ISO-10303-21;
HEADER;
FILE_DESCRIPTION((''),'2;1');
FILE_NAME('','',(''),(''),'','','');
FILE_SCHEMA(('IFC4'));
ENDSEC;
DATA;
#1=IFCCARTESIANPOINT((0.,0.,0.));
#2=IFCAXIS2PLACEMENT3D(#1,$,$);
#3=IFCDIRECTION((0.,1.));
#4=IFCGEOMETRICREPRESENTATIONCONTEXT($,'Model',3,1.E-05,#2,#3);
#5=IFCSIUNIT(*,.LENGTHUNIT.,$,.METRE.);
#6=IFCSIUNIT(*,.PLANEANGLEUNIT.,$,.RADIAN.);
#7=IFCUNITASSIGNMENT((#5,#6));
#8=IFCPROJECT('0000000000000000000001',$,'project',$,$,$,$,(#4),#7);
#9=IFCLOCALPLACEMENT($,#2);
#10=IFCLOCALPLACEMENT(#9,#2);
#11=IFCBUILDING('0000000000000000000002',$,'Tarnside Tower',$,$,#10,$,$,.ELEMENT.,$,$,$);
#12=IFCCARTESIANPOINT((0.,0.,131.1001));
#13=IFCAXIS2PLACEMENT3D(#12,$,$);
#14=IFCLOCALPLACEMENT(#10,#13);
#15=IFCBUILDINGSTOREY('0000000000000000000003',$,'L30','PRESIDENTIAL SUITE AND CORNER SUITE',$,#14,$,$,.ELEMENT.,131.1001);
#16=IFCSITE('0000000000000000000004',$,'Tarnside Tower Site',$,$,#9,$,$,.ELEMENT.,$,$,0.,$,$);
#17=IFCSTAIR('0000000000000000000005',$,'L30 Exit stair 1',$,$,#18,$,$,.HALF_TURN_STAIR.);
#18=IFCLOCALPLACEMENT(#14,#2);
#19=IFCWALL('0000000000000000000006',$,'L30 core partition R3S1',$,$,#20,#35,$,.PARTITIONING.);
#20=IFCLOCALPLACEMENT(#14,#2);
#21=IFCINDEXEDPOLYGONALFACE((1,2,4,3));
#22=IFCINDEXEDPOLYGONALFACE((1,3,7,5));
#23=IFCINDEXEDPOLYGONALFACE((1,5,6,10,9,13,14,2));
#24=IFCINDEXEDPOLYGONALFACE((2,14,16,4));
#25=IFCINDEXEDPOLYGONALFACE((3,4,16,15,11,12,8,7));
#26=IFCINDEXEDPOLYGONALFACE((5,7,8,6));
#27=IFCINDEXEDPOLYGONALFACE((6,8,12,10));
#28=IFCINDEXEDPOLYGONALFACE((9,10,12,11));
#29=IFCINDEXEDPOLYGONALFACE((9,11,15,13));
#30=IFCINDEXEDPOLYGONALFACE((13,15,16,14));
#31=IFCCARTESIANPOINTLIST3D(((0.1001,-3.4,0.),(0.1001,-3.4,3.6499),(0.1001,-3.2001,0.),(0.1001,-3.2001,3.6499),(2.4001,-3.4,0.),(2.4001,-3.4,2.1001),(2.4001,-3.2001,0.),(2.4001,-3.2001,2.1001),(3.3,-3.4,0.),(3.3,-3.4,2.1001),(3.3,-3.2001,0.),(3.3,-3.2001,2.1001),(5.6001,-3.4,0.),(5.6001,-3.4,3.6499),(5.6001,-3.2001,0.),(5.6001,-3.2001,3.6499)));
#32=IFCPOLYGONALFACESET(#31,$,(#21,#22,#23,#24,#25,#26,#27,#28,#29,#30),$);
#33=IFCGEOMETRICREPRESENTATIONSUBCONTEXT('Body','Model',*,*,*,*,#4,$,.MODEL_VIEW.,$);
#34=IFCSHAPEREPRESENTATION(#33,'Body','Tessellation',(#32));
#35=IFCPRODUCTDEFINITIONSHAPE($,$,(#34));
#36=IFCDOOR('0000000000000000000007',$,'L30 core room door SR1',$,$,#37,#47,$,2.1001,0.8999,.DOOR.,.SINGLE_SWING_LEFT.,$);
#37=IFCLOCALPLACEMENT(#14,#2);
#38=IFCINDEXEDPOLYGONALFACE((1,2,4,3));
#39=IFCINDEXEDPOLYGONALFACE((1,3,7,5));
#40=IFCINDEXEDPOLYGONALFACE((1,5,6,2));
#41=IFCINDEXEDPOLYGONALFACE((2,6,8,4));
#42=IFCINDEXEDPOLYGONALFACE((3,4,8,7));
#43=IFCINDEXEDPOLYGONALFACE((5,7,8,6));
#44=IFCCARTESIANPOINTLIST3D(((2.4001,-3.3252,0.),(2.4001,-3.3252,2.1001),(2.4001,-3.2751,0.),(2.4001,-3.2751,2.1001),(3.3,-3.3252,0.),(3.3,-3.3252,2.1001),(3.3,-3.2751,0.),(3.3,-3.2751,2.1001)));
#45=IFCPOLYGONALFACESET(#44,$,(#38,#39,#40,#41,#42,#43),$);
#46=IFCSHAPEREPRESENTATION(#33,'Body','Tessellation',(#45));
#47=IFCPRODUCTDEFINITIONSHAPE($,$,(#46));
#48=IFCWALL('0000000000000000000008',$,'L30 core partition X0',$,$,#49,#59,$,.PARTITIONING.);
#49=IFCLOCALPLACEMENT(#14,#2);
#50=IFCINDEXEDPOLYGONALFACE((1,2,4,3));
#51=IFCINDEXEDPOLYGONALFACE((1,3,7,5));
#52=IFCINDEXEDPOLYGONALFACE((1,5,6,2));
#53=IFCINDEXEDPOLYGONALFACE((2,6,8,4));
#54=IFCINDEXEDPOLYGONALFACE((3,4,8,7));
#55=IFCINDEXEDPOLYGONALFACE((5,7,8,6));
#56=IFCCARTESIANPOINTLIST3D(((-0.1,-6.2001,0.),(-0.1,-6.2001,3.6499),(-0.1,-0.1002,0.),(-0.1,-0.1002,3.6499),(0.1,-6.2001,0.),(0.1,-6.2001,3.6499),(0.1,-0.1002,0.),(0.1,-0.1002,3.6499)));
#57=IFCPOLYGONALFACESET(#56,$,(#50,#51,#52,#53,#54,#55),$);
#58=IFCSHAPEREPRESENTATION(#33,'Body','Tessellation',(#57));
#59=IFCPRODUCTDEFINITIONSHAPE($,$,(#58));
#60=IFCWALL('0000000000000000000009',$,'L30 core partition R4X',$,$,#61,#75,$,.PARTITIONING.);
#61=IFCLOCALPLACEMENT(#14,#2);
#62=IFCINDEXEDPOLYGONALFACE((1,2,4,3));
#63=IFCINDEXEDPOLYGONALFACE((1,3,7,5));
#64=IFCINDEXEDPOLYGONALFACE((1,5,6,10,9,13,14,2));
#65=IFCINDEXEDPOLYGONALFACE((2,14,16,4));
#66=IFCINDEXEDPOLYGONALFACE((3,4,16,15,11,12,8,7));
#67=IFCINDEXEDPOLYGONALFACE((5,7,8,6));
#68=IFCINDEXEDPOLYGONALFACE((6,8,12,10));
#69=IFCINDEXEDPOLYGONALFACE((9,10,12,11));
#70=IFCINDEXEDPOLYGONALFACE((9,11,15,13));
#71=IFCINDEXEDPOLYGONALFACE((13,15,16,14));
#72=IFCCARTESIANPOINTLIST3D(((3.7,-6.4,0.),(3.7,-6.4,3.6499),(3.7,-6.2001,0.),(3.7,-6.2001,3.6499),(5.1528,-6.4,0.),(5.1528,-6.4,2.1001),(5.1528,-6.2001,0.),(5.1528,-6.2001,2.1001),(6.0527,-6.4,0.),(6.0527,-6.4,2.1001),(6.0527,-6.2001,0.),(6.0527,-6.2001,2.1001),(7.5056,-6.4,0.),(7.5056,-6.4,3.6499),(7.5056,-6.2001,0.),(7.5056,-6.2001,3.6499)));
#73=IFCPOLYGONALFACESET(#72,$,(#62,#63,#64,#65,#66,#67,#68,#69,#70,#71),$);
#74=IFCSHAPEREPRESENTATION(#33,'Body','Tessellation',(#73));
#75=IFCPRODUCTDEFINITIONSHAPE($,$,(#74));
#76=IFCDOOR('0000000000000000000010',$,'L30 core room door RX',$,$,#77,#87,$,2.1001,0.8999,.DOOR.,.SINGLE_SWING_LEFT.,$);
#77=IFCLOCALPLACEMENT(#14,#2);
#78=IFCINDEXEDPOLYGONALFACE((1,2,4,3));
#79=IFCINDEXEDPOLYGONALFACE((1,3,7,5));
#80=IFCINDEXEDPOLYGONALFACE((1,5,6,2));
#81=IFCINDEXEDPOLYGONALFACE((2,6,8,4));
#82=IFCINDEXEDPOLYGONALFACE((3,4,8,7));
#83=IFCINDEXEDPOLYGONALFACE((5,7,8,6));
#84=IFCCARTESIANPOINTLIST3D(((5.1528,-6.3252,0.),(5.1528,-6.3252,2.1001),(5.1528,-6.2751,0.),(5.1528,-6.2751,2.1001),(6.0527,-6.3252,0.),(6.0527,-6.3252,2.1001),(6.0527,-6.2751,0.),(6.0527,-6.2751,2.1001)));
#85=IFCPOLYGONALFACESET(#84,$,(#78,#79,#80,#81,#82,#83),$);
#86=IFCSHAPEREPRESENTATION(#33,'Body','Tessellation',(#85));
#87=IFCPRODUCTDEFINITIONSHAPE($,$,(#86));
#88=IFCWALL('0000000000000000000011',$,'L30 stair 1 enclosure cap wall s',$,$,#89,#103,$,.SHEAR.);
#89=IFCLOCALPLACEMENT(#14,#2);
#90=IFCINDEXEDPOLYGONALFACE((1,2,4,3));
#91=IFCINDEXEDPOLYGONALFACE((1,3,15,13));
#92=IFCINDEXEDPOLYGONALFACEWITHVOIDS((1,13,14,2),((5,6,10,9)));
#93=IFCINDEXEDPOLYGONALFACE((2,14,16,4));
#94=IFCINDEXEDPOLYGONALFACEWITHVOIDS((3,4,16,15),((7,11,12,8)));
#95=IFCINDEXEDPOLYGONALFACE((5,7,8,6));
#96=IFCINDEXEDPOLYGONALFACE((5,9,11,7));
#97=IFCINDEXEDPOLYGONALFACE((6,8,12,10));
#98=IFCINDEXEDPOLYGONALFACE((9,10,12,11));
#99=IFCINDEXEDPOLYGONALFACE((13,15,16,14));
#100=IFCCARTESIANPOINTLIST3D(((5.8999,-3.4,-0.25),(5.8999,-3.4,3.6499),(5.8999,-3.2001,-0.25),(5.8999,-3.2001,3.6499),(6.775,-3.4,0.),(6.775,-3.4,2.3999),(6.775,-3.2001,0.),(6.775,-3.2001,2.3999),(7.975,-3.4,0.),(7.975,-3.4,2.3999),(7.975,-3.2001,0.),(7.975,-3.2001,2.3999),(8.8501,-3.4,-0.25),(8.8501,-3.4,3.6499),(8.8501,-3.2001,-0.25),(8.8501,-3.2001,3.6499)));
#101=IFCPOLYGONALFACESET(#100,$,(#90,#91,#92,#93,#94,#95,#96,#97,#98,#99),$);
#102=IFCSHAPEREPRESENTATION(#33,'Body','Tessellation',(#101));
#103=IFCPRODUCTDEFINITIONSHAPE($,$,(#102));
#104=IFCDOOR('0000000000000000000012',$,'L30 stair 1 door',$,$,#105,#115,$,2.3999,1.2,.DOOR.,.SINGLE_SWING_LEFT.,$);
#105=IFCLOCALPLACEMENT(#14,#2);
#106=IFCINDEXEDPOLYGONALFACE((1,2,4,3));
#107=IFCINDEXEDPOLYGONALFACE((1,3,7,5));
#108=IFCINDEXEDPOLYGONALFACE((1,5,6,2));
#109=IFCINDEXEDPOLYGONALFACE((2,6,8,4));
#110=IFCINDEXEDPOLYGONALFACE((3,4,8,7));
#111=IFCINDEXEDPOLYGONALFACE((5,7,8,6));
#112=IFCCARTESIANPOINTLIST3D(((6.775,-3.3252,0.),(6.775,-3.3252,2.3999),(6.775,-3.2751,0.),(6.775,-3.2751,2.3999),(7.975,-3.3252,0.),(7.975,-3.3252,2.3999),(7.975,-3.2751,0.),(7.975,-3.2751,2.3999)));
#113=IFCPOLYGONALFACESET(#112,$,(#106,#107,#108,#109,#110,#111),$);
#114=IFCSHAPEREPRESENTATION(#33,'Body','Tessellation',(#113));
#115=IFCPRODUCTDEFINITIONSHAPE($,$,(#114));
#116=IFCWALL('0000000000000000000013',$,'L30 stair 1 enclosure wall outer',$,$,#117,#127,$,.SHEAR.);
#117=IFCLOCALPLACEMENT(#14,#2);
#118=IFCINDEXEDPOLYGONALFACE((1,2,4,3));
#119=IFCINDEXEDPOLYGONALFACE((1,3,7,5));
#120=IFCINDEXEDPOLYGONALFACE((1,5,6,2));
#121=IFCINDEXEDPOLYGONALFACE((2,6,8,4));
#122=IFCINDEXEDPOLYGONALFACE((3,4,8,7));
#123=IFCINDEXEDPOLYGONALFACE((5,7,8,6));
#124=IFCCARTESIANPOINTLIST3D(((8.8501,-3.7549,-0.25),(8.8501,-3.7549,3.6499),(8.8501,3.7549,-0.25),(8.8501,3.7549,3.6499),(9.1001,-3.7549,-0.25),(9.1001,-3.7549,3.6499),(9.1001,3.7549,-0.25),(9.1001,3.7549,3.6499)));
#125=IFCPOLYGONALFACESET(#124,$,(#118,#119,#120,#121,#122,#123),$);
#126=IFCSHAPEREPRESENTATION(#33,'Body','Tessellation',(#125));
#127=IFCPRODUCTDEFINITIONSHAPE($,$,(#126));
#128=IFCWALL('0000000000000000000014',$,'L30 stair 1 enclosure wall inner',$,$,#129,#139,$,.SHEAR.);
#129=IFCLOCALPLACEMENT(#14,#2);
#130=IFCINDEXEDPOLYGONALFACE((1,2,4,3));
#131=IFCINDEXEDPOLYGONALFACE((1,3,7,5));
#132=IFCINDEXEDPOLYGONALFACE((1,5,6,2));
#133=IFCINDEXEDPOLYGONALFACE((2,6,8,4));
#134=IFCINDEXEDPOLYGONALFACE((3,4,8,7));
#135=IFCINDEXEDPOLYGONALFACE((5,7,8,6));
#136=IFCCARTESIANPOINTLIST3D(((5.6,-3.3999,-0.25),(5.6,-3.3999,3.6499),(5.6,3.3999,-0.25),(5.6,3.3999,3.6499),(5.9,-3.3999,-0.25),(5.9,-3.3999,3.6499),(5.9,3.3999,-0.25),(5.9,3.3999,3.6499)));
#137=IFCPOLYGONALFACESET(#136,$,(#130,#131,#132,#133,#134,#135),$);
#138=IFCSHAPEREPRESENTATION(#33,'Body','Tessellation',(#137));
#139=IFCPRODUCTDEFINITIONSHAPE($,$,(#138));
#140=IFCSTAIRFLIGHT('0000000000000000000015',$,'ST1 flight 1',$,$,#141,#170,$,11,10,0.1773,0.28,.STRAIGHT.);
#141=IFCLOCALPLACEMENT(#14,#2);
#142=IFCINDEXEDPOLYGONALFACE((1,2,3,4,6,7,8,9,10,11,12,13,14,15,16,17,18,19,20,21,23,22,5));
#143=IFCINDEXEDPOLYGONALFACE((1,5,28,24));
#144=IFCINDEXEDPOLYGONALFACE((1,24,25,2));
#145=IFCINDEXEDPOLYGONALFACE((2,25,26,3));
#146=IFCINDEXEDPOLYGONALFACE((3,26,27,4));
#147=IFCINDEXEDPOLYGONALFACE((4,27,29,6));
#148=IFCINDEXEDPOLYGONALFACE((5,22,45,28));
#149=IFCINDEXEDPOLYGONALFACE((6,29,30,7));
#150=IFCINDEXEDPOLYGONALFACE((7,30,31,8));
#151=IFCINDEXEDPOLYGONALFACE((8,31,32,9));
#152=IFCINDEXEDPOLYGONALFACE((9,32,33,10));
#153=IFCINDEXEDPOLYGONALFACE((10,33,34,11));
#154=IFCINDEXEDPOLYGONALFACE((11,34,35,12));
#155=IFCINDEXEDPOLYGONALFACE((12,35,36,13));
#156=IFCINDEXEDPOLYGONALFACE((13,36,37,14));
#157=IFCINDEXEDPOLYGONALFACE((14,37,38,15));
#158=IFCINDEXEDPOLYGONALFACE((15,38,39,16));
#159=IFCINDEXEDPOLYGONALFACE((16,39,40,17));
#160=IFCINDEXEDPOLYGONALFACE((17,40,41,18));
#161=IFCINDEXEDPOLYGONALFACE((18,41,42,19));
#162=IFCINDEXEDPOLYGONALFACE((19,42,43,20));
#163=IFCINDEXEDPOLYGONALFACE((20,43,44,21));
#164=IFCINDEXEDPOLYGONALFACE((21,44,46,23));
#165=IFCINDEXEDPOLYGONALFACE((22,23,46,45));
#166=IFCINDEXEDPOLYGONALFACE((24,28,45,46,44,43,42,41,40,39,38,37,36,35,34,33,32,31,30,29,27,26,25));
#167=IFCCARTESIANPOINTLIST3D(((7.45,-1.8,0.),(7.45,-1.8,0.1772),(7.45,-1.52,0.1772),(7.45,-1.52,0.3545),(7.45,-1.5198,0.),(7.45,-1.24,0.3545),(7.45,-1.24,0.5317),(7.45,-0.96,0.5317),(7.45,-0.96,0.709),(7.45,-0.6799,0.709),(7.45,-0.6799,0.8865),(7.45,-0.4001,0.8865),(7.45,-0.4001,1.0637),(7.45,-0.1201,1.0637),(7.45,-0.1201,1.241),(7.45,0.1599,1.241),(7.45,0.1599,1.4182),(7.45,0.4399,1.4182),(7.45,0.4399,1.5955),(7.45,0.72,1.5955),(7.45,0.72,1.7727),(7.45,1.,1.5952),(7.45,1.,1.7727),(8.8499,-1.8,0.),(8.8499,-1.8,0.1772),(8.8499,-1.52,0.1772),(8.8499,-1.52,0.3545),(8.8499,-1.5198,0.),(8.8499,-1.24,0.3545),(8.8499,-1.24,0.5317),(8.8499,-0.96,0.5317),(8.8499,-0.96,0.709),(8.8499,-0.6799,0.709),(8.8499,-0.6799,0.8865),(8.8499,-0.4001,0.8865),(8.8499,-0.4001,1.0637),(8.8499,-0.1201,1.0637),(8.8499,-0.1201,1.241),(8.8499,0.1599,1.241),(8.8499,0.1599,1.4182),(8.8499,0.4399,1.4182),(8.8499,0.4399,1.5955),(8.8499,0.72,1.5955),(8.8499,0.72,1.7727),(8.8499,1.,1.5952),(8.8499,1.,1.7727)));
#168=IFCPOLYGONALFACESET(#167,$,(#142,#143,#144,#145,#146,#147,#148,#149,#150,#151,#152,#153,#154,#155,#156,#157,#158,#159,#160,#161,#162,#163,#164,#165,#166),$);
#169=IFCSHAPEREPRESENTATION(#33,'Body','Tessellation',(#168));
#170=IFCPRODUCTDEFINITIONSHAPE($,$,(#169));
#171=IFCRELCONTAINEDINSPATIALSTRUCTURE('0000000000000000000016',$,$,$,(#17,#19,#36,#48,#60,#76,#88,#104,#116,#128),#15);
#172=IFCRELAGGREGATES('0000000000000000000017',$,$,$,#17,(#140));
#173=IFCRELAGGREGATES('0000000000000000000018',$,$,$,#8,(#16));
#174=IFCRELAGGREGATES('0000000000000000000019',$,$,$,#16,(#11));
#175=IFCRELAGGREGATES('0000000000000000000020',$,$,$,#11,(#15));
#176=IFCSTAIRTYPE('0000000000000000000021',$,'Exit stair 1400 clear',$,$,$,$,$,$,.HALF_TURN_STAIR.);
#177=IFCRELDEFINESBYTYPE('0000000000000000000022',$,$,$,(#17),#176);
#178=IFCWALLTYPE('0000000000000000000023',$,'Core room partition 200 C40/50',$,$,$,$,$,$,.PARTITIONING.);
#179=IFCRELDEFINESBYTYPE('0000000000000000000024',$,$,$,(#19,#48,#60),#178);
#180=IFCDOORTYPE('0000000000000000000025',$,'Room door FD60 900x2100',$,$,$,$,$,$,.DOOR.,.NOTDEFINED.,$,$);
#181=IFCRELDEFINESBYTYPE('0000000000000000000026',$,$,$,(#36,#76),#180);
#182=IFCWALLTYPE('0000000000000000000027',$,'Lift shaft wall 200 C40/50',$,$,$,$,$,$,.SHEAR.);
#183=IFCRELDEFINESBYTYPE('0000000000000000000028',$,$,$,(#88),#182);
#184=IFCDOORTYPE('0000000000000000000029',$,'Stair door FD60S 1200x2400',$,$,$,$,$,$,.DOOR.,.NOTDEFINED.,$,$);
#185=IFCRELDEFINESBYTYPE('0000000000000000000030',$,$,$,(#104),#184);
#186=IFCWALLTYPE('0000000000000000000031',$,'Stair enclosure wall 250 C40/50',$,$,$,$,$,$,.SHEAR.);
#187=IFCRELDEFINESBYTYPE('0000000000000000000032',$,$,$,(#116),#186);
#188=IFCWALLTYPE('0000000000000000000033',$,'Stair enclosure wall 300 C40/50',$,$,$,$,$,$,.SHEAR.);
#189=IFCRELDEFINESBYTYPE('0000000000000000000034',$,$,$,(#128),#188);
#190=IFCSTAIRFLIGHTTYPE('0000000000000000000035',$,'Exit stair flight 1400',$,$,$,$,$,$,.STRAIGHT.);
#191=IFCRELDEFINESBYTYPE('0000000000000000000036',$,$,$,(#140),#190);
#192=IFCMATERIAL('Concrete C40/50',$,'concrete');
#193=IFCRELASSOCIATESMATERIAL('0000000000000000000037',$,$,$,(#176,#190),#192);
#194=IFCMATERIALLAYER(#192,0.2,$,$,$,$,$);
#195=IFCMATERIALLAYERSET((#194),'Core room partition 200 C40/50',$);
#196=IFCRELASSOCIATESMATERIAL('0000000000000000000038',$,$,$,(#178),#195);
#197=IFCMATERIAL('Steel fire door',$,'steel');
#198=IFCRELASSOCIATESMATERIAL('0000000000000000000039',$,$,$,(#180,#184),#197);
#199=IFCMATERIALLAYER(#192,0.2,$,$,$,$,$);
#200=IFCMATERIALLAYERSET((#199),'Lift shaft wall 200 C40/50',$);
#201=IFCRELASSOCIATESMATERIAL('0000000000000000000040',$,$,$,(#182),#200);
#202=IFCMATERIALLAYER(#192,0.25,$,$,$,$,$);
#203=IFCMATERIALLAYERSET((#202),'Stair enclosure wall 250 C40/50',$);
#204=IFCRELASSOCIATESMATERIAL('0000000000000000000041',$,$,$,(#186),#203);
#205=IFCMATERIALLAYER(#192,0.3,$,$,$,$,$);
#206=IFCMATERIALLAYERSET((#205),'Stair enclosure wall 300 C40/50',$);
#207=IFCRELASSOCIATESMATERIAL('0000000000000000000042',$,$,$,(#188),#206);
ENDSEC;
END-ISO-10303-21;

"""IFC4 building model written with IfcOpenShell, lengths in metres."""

from ifc_helpers import new_model, si_unit, direction, frame, frame_2d, origin, place, context, subcontext, project, spatial, polyline, rectangle, outline, extrude, material, layer, layer_set, type_object, element, fill, aggregate, save


model = new_model("IFC4")

# Units and contexts
model_context = context("Model", 3, precision=1e-05, world=origin(), true_north=direction((0.0, 1.0)))
body_context = subcontext(model_context, "Body", "Model", "MODEL_VIEW")
ifc_project = project(units=[si_unit("LENGTHUNIT", "METRE"), si_unit("PLANEANGLEUNIT", "RADIAN")], contexts=[model_context])

# Site, building, storey
site_placement = place(None, origin())
site = spatial("IfcSite", under=ifc_project, at=site_placement, Name="Tarnside Tower Site", CompositionType="ELEMENT", RefElevation=0.0)
building_placement = place(site_placement, origin())
building = spatial("IfcBuilding", under=site, at=building_placement, Name="Tarnside Tower", CompositionType="ELEMENT")
storey_placement = place(building_placement, frame((0.0, 0.0, 131.1001)))
storey = spatial("IfcBuildingStorey", under=building, at=storey_placement, Name="L30", Description="PRESIDENTIAL SUITE AND CORNER SUITE", CompositionType="ELEMENT", Elevation=131.1001)

# Shared definitions
ifc_material_1 = material(Name="Concrete C40/50", Category="concrete")

# Stair
stair_type = type_object("IfcStairType", Name="Exit stair 1400 clear", PredefinedType="HALF_TURN_STAIR", material=ifc_material_1)
stair_1_placement = place(storey_placement, origin())
stair_1 = element("IfcStair", 1, at=stair_1_placement, inside=storey, type_object=stair_type, Name="L30 Exit stair 1", PredefinedType="HALF_TURN_STAIR")

# Wall, opening, door
ifc_layer_1 = layer(ifc_material_1, 0.2)
ifc_layer_set_1 = layer_set([ifc_layer_1], Name="Core room partition 200 C40/50")
wall_type_1 = type_object("IfcWallType", Name="Core room partition 200 C40/50", PredefinedType="PARTITIONING", material=ifc_layer_set_1)
wall_1_placement = place(storey_placement, frame((0.1001, -3.3, 0.0), z_axis=(0.0, 0.0, 1.0), x_axis=(1.0, 0.0, 0.0)))
wall_1 = element("IfcWall", 2, at=wall_1_placement, inside=storey, type_object=wall_type_1, Name="L30 core partition R3S1", PredefinedType="PARTITIONING", context=body_context, shape_type="SweptSolid", body=[
    extrude(rectangle(XDim=5.5, YDim=0.2, at=frame_2d((2.75, 0.0))), origin(), (0.0, 0.0, 1.0), 3.6499),
])
opening_1_placement = place(wall_1_placement, frame((2.3, 0.0, 0.0)))
opening_1 = element("IfcOpeningElement", 3, at=opening_1_placement, cuts=wall_1, PredefinedType="OPENING", context=body_context, shape_type="SweptSolid", body=[
    extrude(rectangle(XDim=0.8999, YDim=2.1001, at=frame_2d((0.45, 1.05))), frame((0.0, 0.1099, 0.0), z_axis=(0.0, -1.0, 0.0), x_axis=(1.0, 0.0, 0.0)), (0.0, 0.0, 1.0), 0.22),
])
ifc_material_2 = material(Name="Steel fire door", Category="steel")
door_type_1 = type_object("IfcDoorType", Name="Room door FD60 900x2100", OperationType="NOTDEFINED", PredefinedType="DOOR", material=ifc_material_2)
door_1_placement = place(opening_1_placement, origin())
door_1 = element("IfcDoor", 4, at=door_1_placement, inside=storey, type_object=door_type_1, Name="L30 core room door SR1", OperationType="SINGLE_SWING_LEFT", OverallHeight=2.1001, OverallWidth=0.8999, PredefinedType="DOOR", context=body_context, shape_type="SweptSolid", body=[
    extrude(rectangle(XDim=0.8999, YDim=2.1001, at=frame_2d((0.45, 1.05))), frame((0.0, 0.0249, 0.0), z_axis=(0.0, -1.0, 0.0), x_axis=(1.0, 0.0, 0.0)), (0.0, 0.0, 1.0), 0.05),
])
fill(opening_1, door_1)

# Wall
wall_2_placement = place(storey_placement, frame((0.0, -6.2, 0.0), z_axis=(0.0, 0.0, 1.0), x_axis=(0.0, 1.0, 0.0)))
element("IfcWall", 5, at=wall_2_placement, inside=storey, type_object=wall_type_1, Name="L30 core partition X0", PredefinedType="PARTITIONING", context=body_context, shape_type="SweptSolid", body=[
    extrude(rectangle(XDim=6.0999, YDim=0.2, at=frame_2d((3.0498, 0.0))), origin(), (0.0, 0.0, 1.0), 3.6499),
])

# Walls, openings, doors
wall_3_placement = place(storey_placement, frame((3.7, -6.3, 0.0), z_axis=(0.0, 0.0, 1.0), x_axis=(1.0, 0.0, 0.0)))
wall_3 = element("IfcWall", 6, at=wall_3_placement, inside=storey, type_object=wall_type_1, Name="L30 core partition R4X", PredefinedType="PARTITIONING", context=body_context, shape_type="SweptSolid", body=[
    extrude(rectangle(XDim=3.8057, YDim=0.2, at=frame_2d((1.9028, 0.0))), origin(), (0.0, 0.0, 1.0), 3.6499),
])
opening_2_placement = place(wall_3_placement, frame((1.4529, 0.0, 0.0)))
opening_2 = element("IfcOpeningElement", 7, at=opening_2_placement, cuts=wall_3, PredefinedType="OPENING", context=body_context, shape_type="SweptSolid", body=[
    extrude(rectangle(XDim=0.8999, YDim=2.1001, at=frame_2d((0.45, 1.05))), frame((0.0, 0.1099, 0.0), z_axis=(0.0, -1.0, 0.0), x_axis=(1.0, 0.0, 0.0)), (0.0, 0.0, 1.0), 0.22),
])
door_2_placement = place(opening_2_placement, origin())
door_2 = element("IfcDoor", 8, at=door_2_placement, inside=storey, type_object=door_type_1, Name="L30 core room door RX", OperationType="SINGLE_SWING_LEFT", OverallHeight=2.1001, OverallWidth=0.8999, PredefinedType="DOOR", context=body_context, shape_type="SweptSolid", body=[
    extrude(rectangle(XDim=0.8999, YDim=2.1001, at=frame_2d((0.45, 1.05))), frame((0.0, 0.0249, 0.0), z_axis=(0.0, -1.0, 0.0), x_axis=(1.0, 0.0, 0.0)), (0.0, 0.0, 1.0), 0.05),
])
fill(opening_2, door_2)
ifc_layer_2 = layer(ifc_material_1, 0.2)
ifc_layer_set_2 = layer_set([ifc_layer_2], Name="Lift shaft wall 200 C40/50")
wall_type_2 = type_object("IfcWallType", Name="Lift shaft wall 200 C40/50", PredefinedType="SHEAR", material=ifc_layer_set_2)
wall_4_placement = place(storey_placement, frame((5.8999, -3.3, -0.25), z_axis=(0.0, 0.0, 1.0), x_axis=(1.0, 0.0, 0.0)))
wall_4 = element("IfcWall", 9, at=wall_4_placement, inside=storey, type_object=wall_type_2, Name="L30 stair 1 enclosure cap wall s", PredefinedType="SHEAR", context=body_context, shape_type="SweptSolid", body=[
    extrude(rectangle(XDim=2.9502, YDim=0.2, at=frame_2d((1.4751, 0.0))), origin(), (0.0, 0.0, 1.0), 3.8999),
])
opening_3_placement = place(wall_4_placement, frame((0.875, 0.0, 0.25)))
opening_3 = element("IfcOpeningElement", 10, at=opening_3_placement, cuts=wall_4, PredefinedType="OPENING", context=body_context, shape_type="SweptSolid", body=[
    extrude(rectangle(XDim=1.2, YDim=2.3999, at=frame_2d((0.6001, 1.2))), frame((0.0, 0.1099, 0.0), z_axis=(0.0, -1.0, 0.0), x_axis=(1.0, 0.0, 0.0)), (0.0, 0.0, 1.0), 0.22),
])
door_type_2 = type_object("IfcDoorType", Name="Stair door FD60S 1200x2400", OperationType="NOTDEFINED", PredefinedType="DOOR", material=ifc_material_2)
door_3_placement = place(opening_3_placement, origin())
door_3 = element("IfcDoor", 11, at=door_3_placement, inside=storey, type_object=door_type_2, Name="L30 stair 1 door", OperationType="SINGLE_SWING_LEFT", OverallHeight=2.3999, OverallWidth=1.2, PredefinedType="DOOR", context=body_context, shape_type="SweptSolid", body=[
    extrude(rectangle(XDim=1.2, YDim=2.3999, at=frame_2d((0.6001, 1.2))), frame((0.0, 0.0249, 0.0), z_axis=(0.0, -1.0, 0.0), x_axis=(1.0, 0.0, 0.0)), (0.0, 0.0, 1.0), 0.05),
])
fill(opening_3, door_3)

# Walls
ifc_layer_3 = layer(ifc_material_1, 0.25)
ifc_layer_set_3 = layer_set([ifc_layer_3], Name="Stair enclosure wall 250 C40/50")
wall_type_3 = type_object("IfcWallType", Name="Stair enclosure wall 250 C40/50", PredefinedType="SHEAR", material=ifc_layer_set_3)
wall_5_placement = place(storey_placement, frame((8.9751, -3.7549, -0.25), z_axis=(0.0, 0.0, 1.0), x_axis=(0.0, 1.0, 0.0)))
element("IfcWall", 12, at=wall_5_placement, inside=storey, type_object=wall_type_3, Name="L30 stair 1 enclosure wall outer", PredefinedType="SHEAR", context=body_context, shape_type="SweptSolid", body=[
    extrude(rectangle(XDim=7.5098, YDim=0.25, at=frame_2d((3.7549, 0.0))), origin(), (0.0, 0.0, 1.0), 3.8999),
])
ifc_layer_4 = layer(ifc_material_1, 0.3)
ifc_layer_set_4 = layer_set([ifc_layer_4], Name="Stair enclosure wall 300 C40/50")
wall_type_4 = type_object("IfcWallType", Name="Stair enclosure wall 300 C40/50", PredefinedType="SHEAR", material=ifc_layer_set_4)
wall_6_placement = place(storey_placement, frame((5.75, -3.3999, -0.25), z_axis=(0.0, 0.0, 1.0), x_axis=(0.0, 1.0, 0.0)))
element("IfcWall", 13, at=wall_6_placement, inside=storey, type_object=wall_type_4, Name="L30 stair 1 enclosure wall inner", PredefinedType="SHEAR", context=body_context, shape_type="SweptSolid", body=[
    extrude(rectangle(XDim=6.7998, YDim=0.3, at=frame_2d((3.3999, 0.0))), origin(), (0.0, 0.0, 1.0), 3.8999),
])

# Stair flight
stair_flight_type = type_object("IfcStairFlightType", Name="Exit stair flight 1400", PredefinedType="STRAIGHT", material=ifc_material_1)
stair_flight_placement = place(storey_placement, frame((8.1499, -1.8, 0.0), z_axis=(0.0, 0.0, 1.0), x_axis=(0.0, 1.0, 0.0)))
stair_flight = element("IfcStairFlight", 14, at=stair_flight_placement, type_object=stair_flight_type, Name="ST1 flight 1", NumberOfRisers=11, NumberOfTreads=10, PredefinedType="STRAIGHT", RiserHeight=0.1773, TreadLength=0.28, context=body_context, shape_type="SweptSolid", body=[
    extrude(outline(polyline([(0.0, 0.0), (0.0, 0.1772), (0.28, 0.1772), (0.28, 0.3545), (0.5601, 0.3545), (0.5601, 0.5317), (0.8401, 0.5317), (0.8401, 0.709), (1.1201, 0.709), (1.1201, 0.8865), (1.3999, 0.8865), (1.3999, 1.0637), (1.6799, 1.0637), (1.6799, 1.241), (1.96, 1.241), (1.96, 1.4182), (2.24, 1.4182), (2.24, 1.5955), (2.52, 1.5955), (2.52, 1.7727), (2.8, 1.7727), (2.8, 1.95), (2.8, 1.5952), (0.2803, 0.0), (0.0, 0.0)])), frame((0.0, 0.7, 0.0), z_axis=(0.0, -1.0, 0.0), x_axis=(1.0, 0.0, 0.0)), (0.0, 0.0, 1.0), 1.3999),
])
aggregate(stair_1, [stair_flight])

save(model, "model.ifc")
